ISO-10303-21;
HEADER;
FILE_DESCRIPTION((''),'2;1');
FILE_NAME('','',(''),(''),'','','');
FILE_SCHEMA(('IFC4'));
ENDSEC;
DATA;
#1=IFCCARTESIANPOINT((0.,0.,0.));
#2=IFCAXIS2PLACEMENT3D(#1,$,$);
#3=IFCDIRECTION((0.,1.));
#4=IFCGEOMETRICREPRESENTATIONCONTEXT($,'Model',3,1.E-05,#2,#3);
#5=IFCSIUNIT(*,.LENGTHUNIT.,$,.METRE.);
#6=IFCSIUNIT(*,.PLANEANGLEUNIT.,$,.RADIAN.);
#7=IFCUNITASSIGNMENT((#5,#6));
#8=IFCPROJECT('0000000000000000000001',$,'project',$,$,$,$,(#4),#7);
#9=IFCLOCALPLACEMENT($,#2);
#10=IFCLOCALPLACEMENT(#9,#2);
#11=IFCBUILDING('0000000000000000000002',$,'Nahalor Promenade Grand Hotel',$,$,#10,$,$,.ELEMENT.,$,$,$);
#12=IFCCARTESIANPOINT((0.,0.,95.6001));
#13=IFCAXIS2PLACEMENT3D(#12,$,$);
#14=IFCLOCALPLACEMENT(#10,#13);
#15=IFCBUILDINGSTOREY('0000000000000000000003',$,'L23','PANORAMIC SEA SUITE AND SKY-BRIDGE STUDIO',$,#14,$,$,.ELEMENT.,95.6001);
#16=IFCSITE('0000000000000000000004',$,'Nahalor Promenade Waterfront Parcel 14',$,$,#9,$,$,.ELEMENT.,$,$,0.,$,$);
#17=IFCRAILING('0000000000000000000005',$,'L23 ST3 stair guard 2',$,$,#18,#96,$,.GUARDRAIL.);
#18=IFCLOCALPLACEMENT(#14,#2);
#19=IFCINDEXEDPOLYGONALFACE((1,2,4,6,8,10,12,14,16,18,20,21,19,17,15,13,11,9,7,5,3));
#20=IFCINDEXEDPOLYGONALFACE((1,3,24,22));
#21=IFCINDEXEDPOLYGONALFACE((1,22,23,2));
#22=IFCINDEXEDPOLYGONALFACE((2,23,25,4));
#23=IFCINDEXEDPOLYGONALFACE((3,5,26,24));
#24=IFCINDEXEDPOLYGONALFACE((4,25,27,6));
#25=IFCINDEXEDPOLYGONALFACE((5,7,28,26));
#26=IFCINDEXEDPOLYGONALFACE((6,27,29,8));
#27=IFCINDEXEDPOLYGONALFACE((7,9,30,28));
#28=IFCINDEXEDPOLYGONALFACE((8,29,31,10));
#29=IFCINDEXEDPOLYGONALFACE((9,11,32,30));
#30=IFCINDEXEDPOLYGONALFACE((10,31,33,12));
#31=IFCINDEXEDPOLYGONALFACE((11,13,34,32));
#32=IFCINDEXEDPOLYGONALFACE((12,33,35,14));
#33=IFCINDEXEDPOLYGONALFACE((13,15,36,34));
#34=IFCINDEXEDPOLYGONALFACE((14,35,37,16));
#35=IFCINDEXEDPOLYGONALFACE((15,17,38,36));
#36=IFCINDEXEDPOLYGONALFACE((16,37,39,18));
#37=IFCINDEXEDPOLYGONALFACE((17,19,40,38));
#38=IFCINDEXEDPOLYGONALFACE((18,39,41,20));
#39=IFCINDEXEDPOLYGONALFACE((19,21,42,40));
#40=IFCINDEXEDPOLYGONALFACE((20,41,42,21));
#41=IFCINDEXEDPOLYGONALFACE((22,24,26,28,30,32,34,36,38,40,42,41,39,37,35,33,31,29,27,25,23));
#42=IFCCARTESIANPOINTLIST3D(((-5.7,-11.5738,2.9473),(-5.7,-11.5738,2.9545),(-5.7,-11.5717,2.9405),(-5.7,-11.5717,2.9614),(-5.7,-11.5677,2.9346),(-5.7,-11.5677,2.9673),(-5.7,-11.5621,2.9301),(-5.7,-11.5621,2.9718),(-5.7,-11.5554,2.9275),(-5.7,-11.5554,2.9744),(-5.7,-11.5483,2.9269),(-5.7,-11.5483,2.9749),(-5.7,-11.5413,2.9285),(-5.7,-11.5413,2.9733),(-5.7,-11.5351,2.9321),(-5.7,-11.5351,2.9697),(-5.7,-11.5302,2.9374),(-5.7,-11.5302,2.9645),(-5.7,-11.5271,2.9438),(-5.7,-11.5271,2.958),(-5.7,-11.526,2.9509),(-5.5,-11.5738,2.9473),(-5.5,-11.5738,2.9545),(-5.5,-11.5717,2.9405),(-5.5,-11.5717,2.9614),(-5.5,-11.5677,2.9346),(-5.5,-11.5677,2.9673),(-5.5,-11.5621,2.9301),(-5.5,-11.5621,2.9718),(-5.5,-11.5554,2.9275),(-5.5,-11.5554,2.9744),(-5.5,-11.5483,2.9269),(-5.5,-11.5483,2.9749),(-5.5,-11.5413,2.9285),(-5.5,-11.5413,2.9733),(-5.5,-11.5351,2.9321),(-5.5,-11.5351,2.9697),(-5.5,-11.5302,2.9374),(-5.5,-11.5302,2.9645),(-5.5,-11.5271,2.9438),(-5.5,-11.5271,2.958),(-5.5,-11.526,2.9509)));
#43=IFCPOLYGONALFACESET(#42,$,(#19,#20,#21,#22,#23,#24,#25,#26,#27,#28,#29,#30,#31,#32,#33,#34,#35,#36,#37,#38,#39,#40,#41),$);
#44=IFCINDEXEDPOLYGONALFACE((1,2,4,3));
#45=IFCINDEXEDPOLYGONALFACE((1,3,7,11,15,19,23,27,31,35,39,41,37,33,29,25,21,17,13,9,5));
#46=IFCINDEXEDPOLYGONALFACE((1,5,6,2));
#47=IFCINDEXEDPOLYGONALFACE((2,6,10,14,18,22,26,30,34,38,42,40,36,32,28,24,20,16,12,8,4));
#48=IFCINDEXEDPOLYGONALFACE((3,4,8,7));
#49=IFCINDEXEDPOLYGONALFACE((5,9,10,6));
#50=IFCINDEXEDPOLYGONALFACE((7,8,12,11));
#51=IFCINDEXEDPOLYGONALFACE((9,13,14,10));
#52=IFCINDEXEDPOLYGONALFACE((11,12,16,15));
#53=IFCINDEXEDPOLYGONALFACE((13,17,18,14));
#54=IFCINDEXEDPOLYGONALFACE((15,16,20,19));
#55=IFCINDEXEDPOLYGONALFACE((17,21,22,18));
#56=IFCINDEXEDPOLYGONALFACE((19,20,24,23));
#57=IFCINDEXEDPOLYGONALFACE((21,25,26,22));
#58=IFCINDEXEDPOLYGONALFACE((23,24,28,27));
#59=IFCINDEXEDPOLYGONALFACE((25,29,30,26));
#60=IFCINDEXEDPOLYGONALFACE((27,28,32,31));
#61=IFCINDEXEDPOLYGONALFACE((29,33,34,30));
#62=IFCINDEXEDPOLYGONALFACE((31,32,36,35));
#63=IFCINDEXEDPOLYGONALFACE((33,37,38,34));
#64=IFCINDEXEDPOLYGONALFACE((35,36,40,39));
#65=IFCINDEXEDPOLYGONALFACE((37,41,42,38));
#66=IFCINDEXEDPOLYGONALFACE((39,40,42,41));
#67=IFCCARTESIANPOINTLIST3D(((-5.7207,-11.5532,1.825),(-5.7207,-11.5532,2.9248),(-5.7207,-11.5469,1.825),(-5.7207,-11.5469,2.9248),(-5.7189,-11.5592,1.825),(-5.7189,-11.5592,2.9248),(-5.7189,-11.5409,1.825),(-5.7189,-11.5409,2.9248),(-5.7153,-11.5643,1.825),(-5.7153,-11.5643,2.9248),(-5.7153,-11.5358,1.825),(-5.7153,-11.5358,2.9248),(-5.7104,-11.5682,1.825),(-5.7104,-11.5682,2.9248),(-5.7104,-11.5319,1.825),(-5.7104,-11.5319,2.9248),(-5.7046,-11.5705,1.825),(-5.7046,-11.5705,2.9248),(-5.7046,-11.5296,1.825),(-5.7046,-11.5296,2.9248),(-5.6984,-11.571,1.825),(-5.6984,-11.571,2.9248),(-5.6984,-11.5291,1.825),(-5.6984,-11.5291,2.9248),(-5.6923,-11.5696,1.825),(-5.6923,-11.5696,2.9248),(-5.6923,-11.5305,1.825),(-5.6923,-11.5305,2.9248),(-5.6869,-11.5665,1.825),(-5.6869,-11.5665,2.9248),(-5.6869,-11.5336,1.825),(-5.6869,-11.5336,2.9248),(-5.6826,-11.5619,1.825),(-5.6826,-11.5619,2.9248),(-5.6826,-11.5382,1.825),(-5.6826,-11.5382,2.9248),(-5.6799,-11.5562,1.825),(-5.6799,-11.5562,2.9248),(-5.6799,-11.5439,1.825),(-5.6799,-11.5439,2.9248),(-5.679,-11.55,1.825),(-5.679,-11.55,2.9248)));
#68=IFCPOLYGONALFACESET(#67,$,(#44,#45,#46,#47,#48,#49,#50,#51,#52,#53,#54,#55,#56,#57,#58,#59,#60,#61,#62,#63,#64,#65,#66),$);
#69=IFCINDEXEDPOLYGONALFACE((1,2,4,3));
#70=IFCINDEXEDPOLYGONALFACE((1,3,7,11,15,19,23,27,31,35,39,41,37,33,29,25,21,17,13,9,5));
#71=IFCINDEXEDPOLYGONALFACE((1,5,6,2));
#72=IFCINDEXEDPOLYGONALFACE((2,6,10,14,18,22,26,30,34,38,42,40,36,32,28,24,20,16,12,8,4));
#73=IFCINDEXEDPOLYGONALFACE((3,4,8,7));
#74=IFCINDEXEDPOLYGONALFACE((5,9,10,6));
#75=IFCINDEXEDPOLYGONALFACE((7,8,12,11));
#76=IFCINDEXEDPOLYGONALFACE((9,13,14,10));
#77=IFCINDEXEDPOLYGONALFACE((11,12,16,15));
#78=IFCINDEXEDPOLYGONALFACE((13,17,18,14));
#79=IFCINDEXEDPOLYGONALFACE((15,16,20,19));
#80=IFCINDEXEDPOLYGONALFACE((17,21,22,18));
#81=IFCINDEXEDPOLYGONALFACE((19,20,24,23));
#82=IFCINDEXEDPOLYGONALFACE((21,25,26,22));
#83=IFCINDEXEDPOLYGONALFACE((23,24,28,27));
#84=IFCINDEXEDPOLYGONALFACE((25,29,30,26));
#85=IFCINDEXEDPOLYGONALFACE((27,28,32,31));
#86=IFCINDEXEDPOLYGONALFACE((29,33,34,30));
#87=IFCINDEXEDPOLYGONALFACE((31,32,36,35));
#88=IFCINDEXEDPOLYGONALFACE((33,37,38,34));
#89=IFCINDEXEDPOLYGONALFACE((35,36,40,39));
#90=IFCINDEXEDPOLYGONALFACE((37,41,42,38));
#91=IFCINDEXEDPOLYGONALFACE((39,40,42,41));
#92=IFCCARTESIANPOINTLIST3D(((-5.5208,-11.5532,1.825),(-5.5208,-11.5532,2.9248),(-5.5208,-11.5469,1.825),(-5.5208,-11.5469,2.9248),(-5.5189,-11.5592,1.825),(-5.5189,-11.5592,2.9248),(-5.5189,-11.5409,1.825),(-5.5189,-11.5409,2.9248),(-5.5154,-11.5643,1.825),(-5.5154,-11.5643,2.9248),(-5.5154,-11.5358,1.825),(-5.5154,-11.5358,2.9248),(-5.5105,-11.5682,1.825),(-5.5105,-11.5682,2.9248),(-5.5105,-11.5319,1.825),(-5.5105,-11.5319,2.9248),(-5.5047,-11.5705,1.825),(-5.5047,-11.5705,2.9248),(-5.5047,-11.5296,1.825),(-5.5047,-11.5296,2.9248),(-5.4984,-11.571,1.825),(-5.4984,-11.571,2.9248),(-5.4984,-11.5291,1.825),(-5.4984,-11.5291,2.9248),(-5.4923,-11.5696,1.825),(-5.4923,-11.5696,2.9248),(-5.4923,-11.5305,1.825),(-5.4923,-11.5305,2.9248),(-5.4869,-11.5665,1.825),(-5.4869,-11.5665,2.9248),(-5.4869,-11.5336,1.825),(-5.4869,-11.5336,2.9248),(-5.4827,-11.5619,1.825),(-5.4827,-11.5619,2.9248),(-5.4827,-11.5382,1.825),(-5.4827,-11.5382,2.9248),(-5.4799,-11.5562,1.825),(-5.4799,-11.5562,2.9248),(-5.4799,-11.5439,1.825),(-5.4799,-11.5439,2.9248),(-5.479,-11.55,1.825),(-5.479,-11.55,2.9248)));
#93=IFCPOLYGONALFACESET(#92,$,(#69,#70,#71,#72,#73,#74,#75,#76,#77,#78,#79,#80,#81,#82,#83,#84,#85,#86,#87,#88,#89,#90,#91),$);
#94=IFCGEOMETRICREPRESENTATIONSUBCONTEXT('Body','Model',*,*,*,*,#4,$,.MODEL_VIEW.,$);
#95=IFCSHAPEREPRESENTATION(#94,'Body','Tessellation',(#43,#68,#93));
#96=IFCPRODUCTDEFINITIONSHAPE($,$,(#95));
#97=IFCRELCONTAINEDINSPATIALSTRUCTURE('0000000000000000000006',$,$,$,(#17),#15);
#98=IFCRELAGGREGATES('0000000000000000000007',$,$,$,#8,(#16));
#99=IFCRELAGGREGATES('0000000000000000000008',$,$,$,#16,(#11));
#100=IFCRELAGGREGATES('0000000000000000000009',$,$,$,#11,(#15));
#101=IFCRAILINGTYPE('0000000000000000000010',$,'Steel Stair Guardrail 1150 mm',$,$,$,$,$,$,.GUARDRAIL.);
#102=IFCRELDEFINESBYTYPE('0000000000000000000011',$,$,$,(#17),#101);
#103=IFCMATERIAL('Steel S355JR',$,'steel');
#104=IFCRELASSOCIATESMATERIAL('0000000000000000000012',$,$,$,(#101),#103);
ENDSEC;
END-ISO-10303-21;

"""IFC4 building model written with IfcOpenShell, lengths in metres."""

from ifc_helpers import new_model, si_unit, direction, frame, origin, origin_2d, place, context, subcontext, project, spatial, circle, extrude, material, type_object, element, save


model = new_model("IFC4")

# Units and contexts
model_context = context("Model", 3, precision=1e-05, world=origin(), true_north=direction((0.0, 1.0)))
body_context = subcontext(model_context, "Body", "Model", "MODEL_VIEW")
ifc_project = project(units=[si_unit("LENGTHUNIT", "METRE"), si_unit("PLANEANGLEUNIT", "RADIAN")], contexts=[model_context])

# Site, building, storey
site_placement = place(None, origin())
site = spatial("IfcSite", under=ifc_project, at=site_placement, Name="Nahalor Promenade Waterfront Parcel 14", CompositionType="ELEMENT", RefElevation=0.0)
building_placement = place(site_placement, origin())
building = spatial("IfcBuilding", under=site, at=building_placement, Name="Nahalor Promenade Grand Hotel", CompositionType="ELEMENT")
storey_placement = place(building_placement, frame((0.0, 0.0, 95.6001)))
storey = spatial("IfcBuildingStorey", under=building, at=storey_placement, Name="L23", Description="PANORAMIC SEA SUITE AND SKY-BRIDGE STUDIO", CompositionType="ELEMENT", Elevation=95.6001)

# Shared definitions
ifc_material_1 = material(Name="Steel S355JR", Category="steel")

# Railing
railing_type_1 = type_object("IfcRailingType", Name="Steel Stair Guardrail 1150 mm", PredefinedType="GUARDRAIL", material=ifc_material_1)
railing_1_placement = place(storey_placement, frame((-5.7, -11.55, 1.825)))
element("IfcRailing", 1, at=railing_1_placement, inside=storey, type_object=railing_type_1, Name="L23 ST3 stair guard 2", PredefinedType="GUARDRAIL", context=body_context, shape_type="SweptSolid", body=[
    extrude(circle(Radius=0.024, at=origin_2d()), frame((0.0, 0.0, 1.126), z_axis=(1.0, 0.0, 0.0), x_axis=(0.0, 1.0, 0.0)), (0.0, 0.0, 1.0), 0.2),
    extrude(circle(Radius=0.021, at=origin_2d()), origin(), (0.0, 0.0, 1.0), 1.0999),
    extrude(circle(Radius=0.021, at=origin_2d()), frame((0.2, 0.0, 0.0)), (0.0, 0.0, 1.0), 1.0999),
])

save(model, "model.ifc")
